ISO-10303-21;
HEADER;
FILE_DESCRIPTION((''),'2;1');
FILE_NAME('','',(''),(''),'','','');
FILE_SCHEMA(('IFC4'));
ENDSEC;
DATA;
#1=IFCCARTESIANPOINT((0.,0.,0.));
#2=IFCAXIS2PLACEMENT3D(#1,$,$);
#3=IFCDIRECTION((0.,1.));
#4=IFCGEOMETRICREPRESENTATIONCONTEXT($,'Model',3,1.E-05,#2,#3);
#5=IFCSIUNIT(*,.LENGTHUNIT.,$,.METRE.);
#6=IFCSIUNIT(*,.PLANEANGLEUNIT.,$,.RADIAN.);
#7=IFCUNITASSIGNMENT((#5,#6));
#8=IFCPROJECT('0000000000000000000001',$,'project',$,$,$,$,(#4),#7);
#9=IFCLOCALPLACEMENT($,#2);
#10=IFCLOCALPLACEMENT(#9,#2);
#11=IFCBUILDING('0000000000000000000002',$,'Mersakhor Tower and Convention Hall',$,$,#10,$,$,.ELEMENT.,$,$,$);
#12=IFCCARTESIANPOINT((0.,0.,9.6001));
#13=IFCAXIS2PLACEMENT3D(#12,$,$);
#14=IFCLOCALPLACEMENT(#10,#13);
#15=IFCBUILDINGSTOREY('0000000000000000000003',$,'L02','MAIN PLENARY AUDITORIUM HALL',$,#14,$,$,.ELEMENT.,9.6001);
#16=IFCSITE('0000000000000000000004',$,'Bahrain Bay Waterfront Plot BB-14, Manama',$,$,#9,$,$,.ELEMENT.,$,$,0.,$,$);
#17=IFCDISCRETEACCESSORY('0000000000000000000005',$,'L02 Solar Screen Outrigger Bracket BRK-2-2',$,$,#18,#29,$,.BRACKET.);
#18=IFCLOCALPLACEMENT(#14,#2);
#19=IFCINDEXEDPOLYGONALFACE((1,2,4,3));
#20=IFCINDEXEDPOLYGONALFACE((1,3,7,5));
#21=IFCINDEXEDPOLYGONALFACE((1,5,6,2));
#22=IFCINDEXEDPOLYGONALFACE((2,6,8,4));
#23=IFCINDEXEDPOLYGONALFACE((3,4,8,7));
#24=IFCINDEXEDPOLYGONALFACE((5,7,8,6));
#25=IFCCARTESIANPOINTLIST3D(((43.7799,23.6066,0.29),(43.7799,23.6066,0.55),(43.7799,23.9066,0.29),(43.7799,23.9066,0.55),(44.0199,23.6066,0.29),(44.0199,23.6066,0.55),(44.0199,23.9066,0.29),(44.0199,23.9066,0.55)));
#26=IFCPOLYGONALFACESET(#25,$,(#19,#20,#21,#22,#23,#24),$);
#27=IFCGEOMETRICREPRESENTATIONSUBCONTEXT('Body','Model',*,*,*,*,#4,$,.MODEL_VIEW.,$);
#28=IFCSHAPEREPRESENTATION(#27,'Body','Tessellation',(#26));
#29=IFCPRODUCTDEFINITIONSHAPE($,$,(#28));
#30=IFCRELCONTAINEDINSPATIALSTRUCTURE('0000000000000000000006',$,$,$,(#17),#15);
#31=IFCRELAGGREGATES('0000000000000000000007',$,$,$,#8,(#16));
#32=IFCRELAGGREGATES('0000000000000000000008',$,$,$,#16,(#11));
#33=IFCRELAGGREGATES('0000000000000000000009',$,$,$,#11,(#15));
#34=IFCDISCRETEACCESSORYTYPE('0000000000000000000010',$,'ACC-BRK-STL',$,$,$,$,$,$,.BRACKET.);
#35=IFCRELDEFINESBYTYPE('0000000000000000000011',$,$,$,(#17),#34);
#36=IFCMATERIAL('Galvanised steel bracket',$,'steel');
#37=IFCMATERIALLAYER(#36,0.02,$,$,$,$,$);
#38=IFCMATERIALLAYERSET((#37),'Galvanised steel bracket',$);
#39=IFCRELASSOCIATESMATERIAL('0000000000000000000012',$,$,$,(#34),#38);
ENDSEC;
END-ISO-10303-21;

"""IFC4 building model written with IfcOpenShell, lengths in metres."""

from ifc_helpers import new_model, si_unit, direction, frame, origin, origin_2d, place, context, subcontext, project, spatial, rectangle, extrude, material, layer, layer_set, type_object, element, save


model = new_model("IFC4")

# Units and contexts
model_context = context("Model", 3, precision=1e-05, world=origin(), true_north=direction((0.0, 1.0)))
body_context = subcontext(model_context, "Body", "Model", "MODEL_VIEW")
ifc_project = project(units=[si_unit("LENGTHUNIT", "METRE"), si_unit("PLANEANGLEUNIT", "RADIAN")], contexts=[model_context])

# Site, building, storey
site_placement = place(None, origin())
site = spatial("IfcSite", under=ifc_project, at=site_placement, Name="Bahrain Bay Waterfront Plot BB-14, Manama", CompositionType="ELEMENT", RefElevation=0.0)
building_placement = place(site_placement, origin())
building = spatial("IfcBuilding", under=site, at=building_placement, Name="Mersakhor Tower and Convention Hall", CompositionType="ELEMENT")
storey_placement = place(building_placement, frame((0.0, 0.0, 9.6001)))
storey = spatial("IfcBuildingStorey", under=building, at=storey_placement, Name="L02", Description="MAIN PLENARY AUDITORIUM HALL", CompositionType="ELEMENT", Elevation=9.6001)

# Discrete accessory
ifc_material_1 = material(Name="Galvanised steel bracket", Category="steel")
ifc_layer_1 = layer(ifc_material_1, 0.02)
ifc_layer_set_1 = layer_set([ifc_layer_1], Name="Galvanised steel bracket")
discrete_accessory_type = type_object("IfcDiscreteAccessoryType", Name="ACC-BRK-STL", PredefinedType="BRACKET", material=ifc_layer_set_1)
discrete_accessory_placement = place(storey_placement, frame((43.8999, 23.7566, 0.29), z_axis=(0.0, 0.0, 1.0), x_axis=(0.0, -1.0, 0.0)))
element("IfcDiscreteAccessory", 1, at=discrete_accessory_placement, inside=storey, type_object=discrete_accessory_type, Name="L02 Solar Screen Outrigger Bracket BRK-2-2", PredefinedType="BRACKET", context=body_context, shape_type="SweptSolid", body=[
    extrude(rectangle(XDim=0.3, YDim=0.24, at=origin_2d()), origin(), (0.0, 0.0, 1.0), 0.26),
])

save(model, "model.ifc")
